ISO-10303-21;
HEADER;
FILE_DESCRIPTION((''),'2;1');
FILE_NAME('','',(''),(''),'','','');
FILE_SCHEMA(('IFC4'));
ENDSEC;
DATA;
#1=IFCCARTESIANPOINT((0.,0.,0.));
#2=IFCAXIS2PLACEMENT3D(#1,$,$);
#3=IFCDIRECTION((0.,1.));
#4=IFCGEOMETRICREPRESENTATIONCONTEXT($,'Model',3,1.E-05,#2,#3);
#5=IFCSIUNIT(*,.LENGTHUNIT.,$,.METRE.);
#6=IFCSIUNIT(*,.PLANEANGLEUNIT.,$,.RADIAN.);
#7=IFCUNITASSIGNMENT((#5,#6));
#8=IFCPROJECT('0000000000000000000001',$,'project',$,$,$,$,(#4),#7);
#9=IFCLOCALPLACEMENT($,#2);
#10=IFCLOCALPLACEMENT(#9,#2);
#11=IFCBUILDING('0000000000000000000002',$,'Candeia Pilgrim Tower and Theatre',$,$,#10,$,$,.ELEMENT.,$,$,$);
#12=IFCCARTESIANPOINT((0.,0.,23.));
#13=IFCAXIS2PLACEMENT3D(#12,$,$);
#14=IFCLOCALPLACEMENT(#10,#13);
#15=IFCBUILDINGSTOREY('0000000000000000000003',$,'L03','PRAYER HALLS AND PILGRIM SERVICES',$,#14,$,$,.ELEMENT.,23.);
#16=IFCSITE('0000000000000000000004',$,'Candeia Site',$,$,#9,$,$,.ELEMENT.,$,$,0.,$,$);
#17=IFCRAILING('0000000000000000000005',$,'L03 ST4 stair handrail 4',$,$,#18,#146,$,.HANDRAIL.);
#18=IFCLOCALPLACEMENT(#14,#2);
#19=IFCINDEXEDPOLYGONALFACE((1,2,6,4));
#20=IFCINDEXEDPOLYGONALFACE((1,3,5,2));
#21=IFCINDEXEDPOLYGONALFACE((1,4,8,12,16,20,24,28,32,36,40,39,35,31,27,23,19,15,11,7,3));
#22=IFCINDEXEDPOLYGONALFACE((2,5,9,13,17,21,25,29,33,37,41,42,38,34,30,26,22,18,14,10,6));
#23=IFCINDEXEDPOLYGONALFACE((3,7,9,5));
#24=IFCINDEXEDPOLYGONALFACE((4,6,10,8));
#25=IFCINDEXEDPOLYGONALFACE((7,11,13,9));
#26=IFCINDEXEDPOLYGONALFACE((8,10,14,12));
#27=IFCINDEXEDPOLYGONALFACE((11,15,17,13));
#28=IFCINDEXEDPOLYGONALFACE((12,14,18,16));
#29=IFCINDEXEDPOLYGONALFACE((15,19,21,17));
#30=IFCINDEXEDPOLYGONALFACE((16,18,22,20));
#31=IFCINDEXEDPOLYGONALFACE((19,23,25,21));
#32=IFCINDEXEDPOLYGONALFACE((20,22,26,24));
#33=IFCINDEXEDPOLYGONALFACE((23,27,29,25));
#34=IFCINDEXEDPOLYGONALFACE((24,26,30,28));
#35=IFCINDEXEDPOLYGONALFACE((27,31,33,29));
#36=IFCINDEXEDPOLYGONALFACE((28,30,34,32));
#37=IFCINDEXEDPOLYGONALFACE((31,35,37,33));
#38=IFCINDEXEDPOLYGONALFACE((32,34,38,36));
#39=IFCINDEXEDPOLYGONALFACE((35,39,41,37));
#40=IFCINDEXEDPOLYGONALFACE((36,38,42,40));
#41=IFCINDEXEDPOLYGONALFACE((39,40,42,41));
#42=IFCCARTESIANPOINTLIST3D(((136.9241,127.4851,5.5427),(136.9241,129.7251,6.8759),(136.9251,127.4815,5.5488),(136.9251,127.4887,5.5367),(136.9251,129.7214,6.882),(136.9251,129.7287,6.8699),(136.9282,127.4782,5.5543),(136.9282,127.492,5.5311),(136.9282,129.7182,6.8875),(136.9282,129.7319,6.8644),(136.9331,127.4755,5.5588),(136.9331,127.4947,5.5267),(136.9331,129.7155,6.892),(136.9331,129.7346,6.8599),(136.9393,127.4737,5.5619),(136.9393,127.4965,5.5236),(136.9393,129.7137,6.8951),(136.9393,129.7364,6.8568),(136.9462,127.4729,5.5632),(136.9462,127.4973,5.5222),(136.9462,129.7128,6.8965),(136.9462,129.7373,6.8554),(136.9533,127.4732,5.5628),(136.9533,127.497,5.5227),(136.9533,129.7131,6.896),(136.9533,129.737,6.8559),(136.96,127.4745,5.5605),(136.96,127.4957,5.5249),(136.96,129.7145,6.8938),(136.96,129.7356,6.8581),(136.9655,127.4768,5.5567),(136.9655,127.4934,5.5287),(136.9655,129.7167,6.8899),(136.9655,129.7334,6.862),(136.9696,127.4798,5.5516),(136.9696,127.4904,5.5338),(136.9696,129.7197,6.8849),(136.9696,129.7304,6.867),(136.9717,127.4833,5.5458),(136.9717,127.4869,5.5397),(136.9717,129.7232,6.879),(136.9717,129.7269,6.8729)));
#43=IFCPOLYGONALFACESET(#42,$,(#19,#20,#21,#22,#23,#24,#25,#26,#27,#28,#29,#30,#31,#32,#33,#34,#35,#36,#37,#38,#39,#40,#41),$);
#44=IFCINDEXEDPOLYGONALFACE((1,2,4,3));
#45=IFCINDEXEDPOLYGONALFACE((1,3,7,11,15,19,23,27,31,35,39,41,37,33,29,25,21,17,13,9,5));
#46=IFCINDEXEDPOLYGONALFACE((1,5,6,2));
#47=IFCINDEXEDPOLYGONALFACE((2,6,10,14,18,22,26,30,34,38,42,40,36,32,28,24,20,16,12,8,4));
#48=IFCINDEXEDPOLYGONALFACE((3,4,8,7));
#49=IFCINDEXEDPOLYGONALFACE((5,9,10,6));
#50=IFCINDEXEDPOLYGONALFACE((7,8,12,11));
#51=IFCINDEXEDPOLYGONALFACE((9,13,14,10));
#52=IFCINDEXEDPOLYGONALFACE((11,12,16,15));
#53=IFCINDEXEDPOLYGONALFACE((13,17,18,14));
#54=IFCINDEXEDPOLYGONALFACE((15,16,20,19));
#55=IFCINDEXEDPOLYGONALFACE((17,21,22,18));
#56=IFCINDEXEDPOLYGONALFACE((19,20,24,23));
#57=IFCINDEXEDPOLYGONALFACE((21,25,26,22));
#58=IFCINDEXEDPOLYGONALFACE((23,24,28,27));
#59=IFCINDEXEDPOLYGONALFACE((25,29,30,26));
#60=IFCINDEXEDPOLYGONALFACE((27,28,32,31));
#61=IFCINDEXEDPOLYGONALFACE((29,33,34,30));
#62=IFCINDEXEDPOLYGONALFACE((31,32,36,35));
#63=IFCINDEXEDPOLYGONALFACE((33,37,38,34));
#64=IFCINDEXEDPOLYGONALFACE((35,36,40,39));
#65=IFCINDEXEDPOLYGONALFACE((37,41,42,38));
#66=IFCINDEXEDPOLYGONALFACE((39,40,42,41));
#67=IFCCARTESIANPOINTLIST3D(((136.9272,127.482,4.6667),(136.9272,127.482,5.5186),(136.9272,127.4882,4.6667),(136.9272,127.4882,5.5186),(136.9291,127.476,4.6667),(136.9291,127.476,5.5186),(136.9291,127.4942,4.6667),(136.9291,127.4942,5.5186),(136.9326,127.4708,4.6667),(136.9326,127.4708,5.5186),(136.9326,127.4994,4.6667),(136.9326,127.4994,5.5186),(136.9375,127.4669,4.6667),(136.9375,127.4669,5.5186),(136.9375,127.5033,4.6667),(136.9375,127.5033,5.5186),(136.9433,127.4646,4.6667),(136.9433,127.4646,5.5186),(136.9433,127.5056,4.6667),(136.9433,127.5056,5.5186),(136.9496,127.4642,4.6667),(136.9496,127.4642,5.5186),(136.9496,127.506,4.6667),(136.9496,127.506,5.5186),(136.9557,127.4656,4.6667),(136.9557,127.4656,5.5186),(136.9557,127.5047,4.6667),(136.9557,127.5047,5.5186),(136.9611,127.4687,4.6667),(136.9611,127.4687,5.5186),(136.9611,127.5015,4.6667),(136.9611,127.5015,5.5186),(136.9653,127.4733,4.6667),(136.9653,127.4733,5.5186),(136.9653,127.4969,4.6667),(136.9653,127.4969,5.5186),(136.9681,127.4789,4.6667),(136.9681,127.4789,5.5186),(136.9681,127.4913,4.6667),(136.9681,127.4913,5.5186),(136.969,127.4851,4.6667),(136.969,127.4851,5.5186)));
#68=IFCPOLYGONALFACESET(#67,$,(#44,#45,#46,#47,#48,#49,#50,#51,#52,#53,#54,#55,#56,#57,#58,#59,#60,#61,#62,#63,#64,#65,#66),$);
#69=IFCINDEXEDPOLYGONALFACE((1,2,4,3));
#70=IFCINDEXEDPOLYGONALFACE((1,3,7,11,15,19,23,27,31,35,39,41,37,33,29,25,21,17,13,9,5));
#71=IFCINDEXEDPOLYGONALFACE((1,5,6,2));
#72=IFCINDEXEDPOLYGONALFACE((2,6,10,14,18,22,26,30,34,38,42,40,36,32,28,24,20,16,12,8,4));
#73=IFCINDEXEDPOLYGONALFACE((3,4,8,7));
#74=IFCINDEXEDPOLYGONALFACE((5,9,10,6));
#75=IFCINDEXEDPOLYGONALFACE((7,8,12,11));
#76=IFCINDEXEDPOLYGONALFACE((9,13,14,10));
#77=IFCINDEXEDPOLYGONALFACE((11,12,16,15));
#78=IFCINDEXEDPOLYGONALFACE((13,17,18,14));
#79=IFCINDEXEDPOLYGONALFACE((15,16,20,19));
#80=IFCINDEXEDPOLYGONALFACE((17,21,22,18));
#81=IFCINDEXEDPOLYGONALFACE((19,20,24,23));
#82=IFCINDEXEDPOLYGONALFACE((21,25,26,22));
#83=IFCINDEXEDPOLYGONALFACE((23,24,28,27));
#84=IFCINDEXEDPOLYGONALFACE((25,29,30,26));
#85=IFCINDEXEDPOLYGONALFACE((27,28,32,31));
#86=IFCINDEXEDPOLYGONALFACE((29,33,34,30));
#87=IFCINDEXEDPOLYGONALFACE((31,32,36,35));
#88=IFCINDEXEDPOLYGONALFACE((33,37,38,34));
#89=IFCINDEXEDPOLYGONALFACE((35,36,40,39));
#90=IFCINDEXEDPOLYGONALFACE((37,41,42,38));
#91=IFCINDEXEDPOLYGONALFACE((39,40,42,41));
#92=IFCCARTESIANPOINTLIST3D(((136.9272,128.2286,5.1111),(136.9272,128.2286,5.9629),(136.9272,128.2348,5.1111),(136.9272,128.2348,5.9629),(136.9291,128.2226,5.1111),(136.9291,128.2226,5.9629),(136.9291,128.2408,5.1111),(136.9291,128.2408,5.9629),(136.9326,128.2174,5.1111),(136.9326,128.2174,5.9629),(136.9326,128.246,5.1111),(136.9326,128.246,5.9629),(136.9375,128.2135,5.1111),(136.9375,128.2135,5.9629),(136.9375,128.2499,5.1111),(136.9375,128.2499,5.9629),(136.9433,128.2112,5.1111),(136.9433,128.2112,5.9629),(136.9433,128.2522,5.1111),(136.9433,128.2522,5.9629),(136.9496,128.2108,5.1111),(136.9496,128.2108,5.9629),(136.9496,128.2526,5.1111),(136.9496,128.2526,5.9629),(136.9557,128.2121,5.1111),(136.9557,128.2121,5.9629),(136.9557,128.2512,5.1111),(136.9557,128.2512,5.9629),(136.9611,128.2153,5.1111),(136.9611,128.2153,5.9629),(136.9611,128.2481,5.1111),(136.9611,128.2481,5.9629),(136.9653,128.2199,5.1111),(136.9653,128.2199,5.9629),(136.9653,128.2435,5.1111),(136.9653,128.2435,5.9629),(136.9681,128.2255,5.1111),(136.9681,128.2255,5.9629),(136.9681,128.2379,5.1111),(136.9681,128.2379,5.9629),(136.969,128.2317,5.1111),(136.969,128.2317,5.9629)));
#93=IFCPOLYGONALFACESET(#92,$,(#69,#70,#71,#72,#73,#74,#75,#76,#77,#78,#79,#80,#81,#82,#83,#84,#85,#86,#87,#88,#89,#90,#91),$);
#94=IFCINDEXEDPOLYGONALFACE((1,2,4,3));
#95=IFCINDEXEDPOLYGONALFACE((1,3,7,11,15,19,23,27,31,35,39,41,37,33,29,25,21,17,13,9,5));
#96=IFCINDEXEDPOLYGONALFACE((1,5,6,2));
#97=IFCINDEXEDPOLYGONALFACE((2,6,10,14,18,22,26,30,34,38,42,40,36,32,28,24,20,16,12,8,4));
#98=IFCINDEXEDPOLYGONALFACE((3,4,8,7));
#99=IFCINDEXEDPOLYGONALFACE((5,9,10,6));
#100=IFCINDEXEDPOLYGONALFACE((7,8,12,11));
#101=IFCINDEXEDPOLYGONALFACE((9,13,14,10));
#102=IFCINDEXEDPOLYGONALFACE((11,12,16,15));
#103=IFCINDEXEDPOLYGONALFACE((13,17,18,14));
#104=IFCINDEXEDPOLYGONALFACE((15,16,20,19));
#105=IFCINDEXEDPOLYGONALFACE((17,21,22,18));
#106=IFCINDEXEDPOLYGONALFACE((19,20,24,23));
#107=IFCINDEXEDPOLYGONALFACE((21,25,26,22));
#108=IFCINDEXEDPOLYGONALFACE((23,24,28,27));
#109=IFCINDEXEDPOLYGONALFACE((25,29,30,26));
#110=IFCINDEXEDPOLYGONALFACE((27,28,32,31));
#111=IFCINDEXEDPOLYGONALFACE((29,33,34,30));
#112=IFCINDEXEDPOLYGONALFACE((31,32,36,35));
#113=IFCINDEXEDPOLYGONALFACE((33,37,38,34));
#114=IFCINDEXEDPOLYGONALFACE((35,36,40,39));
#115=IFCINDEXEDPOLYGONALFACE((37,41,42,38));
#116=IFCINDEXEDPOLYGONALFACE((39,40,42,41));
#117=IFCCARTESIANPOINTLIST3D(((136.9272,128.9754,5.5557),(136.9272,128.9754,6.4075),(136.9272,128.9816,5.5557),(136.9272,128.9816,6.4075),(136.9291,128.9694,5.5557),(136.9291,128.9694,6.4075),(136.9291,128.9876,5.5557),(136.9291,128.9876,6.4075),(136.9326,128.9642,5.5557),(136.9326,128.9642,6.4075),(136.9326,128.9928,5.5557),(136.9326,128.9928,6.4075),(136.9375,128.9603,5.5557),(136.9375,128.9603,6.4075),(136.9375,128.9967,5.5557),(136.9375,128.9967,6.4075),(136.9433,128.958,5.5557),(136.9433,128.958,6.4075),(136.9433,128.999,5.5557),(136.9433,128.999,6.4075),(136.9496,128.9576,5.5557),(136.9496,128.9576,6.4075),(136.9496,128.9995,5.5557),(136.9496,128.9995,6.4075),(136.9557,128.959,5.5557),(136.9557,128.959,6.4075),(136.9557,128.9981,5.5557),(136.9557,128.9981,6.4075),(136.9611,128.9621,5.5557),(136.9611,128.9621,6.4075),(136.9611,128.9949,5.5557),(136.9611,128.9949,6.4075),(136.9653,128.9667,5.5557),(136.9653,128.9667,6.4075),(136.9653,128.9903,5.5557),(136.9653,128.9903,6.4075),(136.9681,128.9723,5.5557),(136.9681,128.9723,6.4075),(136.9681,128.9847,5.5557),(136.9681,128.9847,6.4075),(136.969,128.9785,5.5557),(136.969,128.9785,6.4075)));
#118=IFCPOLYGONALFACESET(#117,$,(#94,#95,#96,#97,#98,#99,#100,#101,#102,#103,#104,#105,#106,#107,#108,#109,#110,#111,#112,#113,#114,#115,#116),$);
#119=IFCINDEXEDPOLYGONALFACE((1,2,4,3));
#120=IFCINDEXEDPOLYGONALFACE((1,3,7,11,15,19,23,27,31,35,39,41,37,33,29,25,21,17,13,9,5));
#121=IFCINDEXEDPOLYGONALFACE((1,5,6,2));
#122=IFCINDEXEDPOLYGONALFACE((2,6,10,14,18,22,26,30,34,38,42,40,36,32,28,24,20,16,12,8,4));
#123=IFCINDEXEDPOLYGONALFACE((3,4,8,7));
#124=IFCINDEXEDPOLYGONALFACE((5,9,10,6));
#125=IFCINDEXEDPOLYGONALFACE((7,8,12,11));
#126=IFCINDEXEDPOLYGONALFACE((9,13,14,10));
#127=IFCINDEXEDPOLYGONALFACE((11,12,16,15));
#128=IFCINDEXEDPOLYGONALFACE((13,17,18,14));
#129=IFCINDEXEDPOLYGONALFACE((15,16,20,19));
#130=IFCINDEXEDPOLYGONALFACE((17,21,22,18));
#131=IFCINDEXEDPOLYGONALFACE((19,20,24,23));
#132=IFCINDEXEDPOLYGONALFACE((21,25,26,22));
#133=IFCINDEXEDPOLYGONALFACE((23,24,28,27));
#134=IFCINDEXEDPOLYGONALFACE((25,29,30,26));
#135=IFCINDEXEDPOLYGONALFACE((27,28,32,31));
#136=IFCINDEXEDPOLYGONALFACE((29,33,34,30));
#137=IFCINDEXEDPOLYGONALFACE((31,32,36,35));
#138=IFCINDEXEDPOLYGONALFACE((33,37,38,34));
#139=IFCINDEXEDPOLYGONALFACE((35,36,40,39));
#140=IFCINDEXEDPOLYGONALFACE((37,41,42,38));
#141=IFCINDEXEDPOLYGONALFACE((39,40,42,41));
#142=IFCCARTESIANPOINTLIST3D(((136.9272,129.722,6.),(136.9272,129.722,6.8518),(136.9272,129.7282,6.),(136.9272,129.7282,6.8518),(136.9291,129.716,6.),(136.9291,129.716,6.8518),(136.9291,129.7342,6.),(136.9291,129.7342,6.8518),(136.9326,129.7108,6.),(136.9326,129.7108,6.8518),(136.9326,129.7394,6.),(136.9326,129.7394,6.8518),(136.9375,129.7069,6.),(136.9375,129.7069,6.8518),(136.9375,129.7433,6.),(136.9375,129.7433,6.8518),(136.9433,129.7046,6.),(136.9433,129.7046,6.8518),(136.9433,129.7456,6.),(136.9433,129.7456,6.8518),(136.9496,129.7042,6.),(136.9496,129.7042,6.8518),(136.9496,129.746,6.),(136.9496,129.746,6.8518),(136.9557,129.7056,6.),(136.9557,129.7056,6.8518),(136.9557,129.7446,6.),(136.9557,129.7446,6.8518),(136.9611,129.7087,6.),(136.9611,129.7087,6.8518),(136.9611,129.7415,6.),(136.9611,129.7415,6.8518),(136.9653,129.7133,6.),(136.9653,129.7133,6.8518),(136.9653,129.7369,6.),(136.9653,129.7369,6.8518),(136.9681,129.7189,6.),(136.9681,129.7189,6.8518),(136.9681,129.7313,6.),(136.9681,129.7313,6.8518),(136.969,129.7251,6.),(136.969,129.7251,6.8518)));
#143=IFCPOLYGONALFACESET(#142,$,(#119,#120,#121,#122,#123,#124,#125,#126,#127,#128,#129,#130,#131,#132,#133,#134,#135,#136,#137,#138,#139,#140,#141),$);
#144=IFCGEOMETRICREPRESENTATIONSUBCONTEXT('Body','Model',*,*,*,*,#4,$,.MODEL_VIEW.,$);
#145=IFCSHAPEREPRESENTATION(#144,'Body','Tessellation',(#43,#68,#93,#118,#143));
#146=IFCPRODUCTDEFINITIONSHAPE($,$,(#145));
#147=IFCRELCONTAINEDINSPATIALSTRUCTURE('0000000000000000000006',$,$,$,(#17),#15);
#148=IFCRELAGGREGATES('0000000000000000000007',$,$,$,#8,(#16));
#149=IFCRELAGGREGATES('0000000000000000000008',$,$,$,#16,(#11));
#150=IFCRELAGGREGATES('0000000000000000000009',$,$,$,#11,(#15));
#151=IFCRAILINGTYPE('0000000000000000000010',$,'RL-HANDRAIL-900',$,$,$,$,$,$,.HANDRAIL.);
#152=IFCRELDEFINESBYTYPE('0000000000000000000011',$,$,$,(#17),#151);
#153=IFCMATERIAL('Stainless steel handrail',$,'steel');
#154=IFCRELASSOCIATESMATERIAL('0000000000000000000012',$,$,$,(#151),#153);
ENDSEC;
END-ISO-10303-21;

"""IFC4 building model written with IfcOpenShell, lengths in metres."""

from ifc_helpers import new_model, si_unit, direction, frame, origin, origin_2d, place, context, subcontext, project, spatial, circle, extrude, material, type_object, element, save


model = new_model("IFC4")

# Units and contexts
model_context = context("Model", 3, precision=1e-05, world=origin(), true_north=direction((0.0, 1.0)))
body_context = subcontext(model_context, "Body", "Model", "MODEL_VIEW")
ifc_project = project(units=[si_unit("LENGTHUNIT", "METRE"), si_unit("PLANEANGLEUNIT", "RADIAN")], contexts=[model_context])

# Site, building, storey
site_placement = place(None, origin())
site = spatial("IfcSite", under=ifc_project, at=site_placement, Name="Candeia Site", CompositionType="ELEMENT", RefElevation=0.0)
building_placement = place(site_placement, origin())
building = spatial("IfcBuilding", under=site, at=building_placement, Name="Candeia Pilgrim Tower and Theatre", CompositionType="ELEMENT")
storey_placement = place(building_placement, frame((0.0, 0.0, 23.0)))
storey = spatial("IfcBuildingStorey", under=building, at=storey_placement, Name="L03", Description="PRAYER HALLS AND PILGRIM SERVICES", CompositionType="ELEMENT", Elevation=23.0)

# Railing
ifc_material_1 = material(Name="Stainless steel handrail", Category="steel")
railing_type_1 = type_object("IfcRailingType", Name="RL-HANDRAIL-900", PredefinedType="HANDRAIL", material=ifc_material_1)
for number, where, name in (
    (1, (136.948, 127.4851, 4.6667), "L03 ST4 stair handrail 4"),
):
    element("IfcRailing", number, at=place(storey_placement, frame(where)), inside=storey, type_object=railing_type_1, Name=name, PredefinedType="HANDRAIL", context=body_context, shape_type="SweptSolid", body=[
        extrude(circle(Radius=0.0239, at=origin_2d()), frame((0.0, 0.0, 0.876), z_axis=(0.0, 0.859306, 0.511462), x_axis=(-1.0, 0.0, 0.0)), (0.0, 0.0, 1.0), 2.6067),
        extrude(circle(Radius=0.021, at=origin_2d()), origin(), (0.0, 0.0, 1.0), 0.8518),
        extrude(circle(Radius=0.021, at=origin_2d()), frame((0.0, 0.7466, 0.4443)), (0.0, 0.0, 1.0), 0.8518),
        extrude(circle(Radius=0.021, at=origin_2d()), frame((0.0, 1.4934, 0.8889)), (0.0, 0.0, 1.0), 0.8518),
        extrude(circle(Radius=0.021, at=origin_2d()), frame((0.0, 2.24, 1.3333)), (0.0, 0.0, 1.0), 0.8518),
    ])

save(model, "model.ifc")
